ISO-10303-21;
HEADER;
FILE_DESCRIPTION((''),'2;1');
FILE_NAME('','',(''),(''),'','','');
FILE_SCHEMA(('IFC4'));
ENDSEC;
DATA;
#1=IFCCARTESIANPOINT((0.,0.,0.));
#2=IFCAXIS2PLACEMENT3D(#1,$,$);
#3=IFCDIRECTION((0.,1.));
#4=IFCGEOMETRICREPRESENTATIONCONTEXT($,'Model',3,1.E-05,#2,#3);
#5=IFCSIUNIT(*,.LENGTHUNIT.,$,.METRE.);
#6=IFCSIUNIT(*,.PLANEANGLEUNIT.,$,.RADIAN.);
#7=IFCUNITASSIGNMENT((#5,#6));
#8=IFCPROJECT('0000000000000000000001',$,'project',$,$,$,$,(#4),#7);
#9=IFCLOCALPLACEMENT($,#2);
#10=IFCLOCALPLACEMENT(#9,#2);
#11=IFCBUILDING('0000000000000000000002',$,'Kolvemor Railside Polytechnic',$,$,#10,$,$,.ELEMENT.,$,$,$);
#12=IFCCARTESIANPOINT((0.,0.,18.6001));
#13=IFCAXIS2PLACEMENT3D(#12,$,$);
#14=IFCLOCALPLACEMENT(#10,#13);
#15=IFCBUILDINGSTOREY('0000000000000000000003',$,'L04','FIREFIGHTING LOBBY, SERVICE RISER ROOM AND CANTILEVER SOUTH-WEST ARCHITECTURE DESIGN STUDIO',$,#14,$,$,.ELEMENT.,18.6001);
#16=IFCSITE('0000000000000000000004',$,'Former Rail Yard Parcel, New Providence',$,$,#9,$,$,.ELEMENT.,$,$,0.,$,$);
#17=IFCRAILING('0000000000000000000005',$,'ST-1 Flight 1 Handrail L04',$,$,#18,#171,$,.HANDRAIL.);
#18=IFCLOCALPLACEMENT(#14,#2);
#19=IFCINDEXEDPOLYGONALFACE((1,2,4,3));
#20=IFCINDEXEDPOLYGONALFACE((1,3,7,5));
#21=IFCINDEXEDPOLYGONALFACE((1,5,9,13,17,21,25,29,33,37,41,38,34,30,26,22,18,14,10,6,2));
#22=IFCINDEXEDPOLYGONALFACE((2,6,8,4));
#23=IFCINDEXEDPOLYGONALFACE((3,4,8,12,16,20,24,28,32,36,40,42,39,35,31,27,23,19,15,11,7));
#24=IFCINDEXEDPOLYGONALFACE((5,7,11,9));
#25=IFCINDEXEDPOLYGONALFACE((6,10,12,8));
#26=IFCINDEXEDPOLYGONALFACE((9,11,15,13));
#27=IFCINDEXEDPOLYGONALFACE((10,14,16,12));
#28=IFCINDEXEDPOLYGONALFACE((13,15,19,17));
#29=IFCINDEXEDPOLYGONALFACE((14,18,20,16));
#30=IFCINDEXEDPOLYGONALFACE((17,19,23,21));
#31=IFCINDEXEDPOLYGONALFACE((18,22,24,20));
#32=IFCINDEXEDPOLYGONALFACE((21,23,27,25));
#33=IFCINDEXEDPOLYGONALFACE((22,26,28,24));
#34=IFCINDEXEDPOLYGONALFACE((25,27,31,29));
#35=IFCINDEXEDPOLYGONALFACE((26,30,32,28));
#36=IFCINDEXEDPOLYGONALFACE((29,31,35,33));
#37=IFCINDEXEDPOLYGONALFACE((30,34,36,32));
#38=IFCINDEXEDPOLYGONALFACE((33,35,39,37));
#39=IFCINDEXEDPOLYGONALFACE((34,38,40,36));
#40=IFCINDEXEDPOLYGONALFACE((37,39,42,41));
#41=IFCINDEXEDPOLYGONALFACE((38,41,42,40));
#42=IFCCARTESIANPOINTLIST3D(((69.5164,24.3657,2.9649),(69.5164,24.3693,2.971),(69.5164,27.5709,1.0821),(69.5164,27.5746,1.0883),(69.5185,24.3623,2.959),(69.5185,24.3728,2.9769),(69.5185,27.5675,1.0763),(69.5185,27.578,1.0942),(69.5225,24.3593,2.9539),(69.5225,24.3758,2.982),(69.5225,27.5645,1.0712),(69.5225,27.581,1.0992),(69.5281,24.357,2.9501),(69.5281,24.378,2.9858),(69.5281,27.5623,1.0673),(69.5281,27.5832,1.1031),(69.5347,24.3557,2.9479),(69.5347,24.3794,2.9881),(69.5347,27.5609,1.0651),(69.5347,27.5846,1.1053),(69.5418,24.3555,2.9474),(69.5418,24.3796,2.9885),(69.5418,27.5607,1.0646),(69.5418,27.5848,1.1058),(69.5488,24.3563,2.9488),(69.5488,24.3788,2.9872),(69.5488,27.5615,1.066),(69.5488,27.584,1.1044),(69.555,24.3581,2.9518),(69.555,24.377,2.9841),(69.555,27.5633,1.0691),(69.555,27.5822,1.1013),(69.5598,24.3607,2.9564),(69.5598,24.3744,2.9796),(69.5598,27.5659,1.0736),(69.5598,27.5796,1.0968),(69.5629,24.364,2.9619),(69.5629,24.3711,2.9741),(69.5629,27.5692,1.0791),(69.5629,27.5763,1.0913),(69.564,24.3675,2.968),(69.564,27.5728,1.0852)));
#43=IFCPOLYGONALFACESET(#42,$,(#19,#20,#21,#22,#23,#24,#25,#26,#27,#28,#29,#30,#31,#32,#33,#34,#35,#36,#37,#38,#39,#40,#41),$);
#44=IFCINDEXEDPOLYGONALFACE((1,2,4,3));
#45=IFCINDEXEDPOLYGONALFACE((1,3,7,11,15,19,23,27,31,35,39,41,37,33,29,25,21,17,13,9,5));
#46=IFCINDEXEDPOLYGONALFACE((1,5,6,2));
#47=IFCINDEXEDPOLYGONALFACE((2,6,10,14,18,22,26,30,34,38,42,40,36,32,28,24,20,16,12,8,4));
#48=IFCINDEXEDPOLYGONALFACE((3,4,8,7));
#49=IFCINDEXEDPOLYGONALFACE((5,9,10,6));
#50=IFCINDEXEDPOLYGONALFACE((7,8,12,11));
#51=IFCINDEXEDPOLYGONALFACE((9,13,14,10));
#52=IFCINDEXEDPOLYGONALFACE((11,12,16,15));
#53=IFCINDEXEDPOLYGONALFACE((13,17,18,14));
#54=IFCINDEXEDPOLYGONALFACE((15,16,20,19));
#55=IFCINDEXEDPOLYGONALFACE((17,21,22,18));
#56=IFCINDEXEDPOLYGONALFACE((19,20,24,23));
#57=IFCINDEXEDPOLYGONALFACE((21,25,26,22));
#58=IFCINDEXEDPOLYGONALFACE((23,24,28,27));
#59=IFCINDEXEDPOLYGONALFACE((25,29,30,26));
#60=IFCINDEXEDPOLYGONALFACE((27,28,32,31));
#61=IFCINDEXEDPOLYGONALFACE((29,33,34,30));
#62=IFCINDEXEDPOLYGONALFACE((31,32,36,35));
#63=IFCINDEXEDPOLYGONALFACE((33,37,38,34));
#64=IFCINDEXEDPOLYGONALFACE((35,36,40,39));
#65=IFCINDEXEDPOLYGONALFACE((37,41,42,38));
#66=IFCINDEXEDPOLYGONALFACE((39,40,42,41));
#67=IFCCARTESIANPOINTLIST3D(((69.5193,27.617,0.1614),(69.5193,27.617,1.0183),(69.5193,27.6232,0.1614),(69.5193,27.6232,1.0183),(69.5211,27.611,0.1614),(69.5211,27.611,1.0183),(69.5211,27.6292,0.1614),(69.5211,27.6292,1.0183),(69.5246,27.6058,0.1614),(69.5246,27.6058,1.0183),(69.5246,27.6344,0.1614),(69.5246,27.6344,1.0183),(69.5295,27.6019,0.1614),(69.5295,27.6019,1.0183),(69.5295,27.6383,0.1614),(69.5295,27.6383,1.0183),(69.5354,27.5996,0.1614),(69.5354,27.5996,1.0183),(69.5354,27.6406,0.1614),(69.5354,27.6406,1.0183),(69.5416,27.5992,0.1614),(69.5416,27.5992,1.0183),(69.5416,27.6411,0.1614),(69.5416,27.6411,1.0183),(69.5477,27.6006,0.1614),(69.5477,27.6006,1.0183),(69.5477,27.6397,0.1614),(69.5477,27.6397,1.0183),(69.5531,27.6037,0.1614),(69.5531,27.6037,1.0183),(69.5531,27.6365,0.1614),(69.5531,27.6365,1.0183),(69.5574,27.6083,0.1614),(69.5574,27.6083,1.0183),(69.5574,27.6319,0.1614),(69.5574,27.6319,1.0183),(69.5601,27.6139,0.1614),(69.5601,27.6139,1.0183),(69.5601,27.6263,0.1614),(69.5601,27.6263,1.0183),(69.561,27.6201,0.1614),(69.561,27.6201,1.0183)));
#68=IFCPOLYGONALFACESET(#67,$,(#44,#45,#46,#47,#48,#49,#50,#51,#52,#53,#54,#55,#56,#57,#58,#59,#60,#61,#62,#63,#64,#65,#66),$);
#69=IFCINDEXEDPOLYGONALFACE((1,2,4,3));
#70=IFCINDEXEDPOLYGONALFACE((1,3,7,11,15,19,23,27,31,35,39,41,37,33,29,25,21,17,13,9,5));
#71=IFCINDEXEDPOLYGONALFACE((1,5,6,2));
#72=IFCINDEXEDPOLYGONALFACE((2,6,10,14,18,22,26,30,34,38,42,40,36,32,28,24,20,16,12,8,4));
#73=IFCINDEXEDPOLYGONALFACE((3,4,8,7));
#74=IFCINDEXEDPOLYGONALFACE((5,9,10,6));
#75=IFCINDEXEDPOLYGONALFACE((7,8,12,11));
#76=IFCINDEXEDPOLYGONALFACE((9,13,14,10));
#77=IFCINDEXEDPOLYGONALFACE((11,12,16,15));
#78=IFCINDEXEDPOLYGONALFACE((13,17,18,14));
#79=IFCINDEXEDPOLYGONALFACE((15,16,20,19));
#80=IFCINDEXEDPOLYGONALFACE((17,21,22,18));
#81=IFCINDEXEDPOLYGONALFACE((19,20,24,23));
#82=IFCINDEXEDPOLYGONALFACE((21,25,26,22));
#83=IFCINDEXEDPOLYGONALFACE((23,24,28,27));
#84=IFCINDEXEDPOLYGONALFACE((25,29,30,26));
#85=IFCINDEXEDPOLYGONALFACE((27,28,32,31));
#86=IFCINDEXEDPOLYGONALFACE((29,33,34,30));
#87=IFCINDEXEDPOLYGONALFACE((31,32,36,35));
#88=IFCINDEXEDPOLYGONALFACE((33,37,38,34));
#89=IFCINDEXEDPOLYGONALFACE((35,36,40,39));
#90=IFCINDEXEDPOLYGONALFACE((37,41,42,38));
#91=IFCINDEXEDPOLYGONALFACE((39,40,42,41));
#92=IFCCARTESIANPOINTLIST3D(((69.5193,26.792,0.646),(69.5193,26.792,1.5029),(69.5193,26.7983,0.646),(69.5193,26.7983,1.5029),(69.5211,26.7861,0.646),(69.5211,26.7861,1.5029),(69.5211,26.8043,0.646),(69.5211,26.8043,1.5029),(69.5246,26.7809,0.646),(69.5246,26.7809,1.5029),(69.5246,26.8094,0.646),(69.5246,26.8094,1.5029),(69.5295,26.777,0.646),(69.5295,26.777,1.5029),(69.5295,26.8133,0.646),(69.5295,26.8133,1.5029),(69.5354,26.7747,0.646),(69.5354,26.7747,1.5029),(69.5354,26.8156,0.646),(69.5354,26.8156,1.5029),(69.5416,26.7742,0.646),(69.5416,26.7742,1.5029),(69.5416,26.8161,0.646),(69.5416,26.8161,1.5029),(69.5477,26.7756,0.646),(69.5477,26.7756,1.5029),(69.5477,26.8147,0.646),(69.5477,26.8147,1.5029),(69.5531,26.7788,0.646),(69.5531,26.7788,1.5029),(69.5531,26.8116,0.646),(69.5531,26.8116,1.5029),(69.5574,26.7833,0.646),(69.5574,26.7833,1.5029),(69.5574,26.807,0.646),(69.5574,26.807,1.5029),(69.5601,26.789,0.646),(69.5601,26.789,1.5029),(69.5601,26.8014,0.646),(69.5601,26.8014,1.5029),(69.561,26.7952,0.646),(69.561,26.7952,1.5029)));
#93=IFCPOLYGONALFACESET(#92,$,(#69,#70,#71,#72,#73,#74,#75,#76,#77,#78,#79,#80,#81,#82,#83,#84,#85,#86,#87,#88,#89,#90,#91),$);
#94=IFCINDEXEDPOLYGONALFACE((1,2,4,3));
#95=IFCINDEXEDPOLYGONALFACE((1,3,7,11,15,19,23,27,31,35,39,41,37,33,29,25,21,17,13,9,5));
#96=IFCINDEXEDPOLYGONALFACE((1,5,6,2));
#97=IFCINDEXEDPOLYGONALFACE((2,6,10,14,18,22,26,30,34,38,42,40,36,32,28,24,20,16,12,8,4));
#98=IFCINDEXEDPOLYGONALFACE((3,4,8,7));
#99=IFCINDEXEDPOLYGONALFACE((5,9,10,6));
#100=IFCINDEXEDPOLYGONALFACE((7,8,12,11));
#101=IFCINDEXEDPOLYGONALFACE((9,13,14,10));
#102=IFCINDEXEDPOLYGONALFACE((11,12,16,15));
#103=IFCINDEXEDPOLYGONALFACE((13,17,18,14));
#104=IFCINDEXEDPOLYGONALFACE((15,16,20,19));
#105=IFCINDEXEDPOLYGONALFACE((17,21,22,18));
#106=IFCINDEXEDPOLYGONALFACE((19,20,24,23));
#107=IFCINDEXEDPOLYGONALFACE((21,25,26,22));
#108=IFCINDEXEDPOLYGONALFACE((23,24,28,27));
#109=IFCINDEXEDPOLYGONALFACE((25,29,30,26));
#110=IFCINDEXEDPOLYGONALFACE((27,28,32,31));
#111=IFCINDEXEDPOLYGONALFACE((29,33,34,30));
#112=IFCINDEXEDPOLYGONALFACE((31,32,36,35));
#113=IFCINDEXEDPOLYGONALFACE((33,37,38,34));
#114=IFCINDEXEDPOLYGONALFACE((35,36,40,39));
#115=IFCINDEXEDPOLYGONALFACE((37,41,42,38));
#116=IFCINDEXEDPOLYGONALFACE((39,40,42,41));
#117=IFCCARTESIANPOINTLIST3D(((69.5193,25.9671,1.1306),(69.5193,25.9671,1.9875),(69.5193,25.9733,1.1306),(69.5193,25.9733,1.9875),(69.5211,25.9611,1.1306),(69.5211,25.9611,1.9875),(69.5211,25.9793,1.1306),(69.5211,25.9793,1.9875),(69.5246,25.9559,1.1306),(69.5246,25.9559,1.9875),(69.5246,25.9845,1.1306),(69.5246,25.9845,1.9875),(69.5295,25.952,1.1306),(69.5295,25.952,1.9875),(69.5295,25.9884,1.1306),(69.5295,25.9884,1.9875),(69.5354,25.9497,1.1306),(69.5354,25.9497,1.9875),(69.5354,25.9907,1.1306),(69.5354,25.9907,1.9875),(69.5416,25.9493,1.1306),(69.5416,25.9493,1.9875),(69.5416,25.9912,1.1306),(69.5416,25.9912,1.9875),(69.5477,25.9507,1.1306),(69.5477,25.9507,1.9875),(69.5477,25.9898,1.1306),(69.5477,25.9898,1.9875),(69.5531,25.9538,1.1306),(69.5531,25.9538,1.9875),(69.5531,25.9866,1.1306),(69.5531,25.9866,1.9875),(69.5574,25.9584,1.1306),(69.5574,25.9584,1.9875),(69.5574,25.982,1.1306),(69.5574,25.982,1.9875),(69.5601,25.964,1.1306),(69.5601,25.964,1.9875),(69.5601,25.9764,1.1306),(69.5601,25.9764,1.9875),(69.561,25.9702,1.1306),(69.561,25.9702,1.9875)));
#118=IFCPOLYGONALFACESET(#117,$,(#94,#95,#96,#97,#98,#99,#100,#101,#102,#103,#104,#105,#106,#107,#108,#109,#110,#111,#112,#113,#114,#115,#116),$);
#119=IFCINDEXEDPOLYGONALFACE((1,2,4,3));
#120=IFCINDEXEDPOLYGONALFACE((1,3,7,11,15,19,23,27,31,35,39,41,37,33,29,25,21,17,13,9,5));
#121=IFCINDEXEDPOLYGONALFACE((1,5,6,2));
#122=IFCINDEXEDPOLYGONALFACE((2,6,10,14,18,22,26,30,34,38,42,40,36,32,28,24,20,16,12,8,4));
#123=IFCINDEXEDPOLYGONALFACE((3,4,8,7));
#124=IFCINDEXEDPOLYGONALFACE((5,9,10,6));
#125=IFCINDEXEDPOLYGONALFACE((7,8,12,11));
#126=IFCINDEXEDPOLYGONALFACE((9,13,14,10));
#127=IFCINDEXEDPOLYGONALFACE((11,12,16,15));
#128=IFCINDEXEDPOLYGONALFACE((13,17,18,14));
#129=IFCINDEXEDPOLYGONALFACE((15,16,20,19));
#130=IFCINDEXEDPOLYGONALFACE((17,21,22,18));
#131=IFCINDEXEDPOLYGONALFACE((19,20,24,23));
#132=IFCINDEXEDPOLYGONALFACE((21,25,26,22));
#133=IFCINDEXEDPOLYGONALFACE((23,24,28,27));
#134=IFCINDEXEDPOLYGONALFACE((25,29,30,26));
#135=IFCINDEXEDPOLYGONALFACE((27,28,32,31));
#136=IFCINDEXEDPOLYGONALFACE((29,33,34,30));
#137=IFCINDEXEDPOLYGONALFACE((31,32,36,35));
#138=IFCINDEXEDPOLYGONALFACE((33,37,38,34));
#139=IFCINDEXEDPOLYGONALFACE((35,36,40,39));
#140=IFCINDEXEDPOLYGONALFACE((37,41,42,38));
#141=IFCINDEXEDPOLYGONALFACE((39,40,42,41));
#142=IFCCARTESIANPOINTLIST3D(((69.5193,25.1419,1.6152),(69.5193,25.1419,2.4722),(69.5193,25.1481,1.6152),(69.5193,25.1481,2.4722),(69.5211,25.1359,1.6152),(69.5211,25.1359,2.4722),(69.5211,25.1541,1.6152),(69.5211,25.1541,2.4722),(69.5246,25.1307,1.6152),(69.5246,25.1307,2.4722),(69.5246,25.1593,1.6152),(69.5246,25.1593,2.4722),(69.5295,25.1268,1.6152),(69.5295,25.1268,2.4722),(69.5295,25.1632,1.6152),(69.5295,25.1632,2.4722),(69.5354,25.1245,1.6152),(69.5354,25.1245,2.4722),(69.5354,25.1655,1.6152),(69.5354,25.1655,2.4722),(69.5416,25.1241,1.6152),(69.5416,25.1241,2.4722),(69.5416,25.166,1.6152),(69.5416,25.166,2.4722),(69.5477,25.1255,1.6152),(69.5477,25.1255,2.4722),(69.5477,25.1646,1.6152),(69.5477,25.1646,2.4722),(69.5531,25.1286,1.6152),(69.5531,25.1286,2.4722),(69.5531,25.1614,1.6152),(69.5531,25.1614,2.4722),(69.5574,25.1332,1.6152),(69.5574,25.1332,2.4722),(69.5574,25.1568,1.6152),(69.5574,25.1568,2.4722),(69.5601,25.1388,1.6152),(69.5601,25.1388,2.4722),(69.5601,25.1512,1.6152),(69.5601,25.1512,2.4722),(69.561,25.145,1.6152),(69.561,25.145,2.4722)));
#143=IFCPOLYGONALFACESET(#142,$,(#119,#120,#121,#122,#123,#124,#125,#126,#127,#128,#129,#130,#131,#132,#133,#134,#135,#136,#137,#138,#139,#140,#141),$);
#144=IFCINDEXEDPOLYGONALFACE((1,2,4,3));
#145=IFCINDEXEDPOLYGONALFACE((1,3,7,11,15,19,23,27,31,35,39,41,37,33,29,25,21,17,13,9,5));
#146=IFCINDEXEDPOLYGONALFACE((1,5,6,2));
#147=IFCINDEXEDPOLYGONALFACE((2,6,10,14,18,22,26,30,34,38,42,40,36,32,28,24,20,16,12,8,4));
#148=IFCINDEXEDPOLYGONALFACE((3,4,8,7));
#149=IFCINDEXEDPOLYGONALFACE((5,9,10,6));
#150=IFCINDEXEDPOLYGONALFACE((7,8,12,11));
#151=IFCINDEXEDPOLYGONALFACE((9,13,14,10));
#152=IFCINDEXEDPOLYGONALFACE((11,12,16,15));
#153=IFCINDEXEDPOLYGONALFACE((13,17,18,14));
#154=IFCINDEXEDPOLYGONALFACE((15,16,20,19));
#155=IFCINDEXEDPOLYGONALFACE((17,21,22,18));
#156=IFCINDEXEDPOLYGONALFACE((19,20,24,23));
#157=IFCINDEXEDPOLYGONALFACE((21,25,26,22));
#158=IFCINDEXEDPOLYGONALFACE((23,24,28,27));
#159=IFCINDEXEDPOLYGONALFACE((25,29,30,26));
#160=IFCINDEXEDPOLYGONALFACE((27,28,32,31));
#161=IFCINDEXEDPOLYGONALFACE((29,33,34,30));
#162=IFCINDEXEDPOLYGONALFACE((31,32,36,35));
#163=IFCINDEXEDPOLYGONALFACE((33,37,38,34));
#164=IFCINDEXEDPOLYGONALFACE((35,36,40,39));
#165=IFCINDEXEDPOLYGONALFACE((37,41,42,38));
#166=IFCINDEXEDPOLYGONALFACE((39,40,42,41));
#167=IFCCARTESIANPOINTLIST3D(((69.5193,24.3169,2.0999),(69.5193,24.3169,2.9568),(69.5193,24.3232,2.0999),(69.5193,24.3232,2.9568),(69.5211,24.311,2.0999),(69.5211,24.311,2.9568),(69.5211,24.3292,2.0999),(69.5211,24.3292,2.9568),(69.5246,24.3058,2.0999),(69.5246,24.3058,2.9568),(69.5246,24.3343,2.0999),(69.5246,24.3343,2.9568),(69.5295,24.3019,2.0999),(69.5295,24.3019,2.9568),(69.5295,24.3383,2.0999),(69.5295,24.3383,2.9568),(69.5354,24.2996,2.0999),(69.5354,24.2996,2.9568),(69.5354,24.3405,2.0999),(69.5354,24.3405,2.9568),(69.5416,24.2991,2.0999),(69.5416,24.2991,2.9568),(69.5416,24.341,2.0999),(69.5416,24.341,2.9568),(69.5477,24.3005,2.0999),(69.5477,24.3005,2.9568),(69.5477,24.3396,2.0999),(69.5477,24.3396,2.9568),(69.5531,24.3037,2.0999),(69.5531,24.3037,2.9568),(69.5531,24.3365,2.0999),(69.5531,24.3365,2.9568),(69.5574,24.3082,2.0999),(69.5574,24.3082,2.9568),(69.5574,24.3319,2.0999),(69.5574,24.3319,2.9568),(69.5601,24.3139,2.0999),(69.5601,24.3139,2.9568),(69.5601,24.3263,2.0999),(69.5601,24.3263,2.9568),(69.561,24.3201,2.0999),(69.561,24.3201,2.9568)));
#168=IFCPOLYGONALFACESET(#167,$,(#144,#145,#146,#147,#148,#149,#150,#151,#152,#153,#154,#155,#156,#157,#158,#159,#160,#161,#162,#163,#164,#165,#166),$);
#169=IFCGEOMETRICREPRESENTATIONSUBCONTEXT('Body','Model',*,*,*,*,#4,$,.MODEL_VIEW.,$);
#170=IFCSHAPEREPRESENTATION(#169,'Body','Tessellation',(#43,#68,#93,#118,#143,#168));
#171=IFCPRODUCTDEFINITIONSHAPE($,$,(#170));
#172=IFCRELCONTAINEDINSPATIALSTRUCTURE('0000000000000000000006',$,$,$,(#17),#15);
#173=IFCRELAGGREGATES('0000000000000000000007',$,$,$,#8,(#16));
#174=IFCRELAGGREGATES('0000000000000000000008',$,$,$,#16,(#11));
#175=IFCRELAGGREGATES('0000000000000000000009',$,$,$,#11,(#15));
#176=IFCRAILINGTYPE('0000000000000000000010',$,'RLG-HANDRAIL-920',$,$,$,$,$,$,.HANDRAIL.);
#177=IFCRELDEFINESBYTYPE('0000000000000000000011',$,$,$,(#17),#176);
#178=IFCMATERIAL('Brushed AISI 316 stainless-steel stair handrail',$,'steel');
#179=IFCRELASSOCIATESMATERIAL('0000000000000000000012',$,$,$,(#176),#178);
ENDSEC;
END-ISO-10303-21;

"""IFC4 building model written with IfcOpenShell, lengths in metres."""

from ifc_helpers import new_model, si_unit, direction, frame, origin, origin_2d, place, context, subcontext, project, spatial, circle, extrude, material, type_object, element, save


model = new_model("IFC4")

# Units and contexts
model_context = context("Model", 3, precision=1e-05, world=origin(), true_north=direction((0.0, 1.0)))
body_context = subcontext(model_context, "Body", "Model", "MODEL_VIEW")
ifc_project = project(units=[si_unit("LENGTHUNIT", "METRE"), si_unit("PLANEANGLEUNIT", "RADIAN")], contexts=[model_context])

# Site, building, storey
site_placement = place(None, origin())
site = spatial("IfcSite", under=ifc_project, at=site_placement, Name="Former Rail Yard Parcel, New Providence", CompositionType="ELEMENT", RefElevation=0.0)
building_placement = place(site_placement, origin())
building = spatial("IfcBuilding", under=site, at=building_placement, Name="Kolvemor Railside Polytechnic", CompositionType="ELEMENT")
storey_placement = place(building_placement, frame((0.0, 0.0, 18.6001)))
storey = spatial("IfcBuildingStorey", under=building, at=storey_placement, Name="L04", Description="FIREFIGHTING LOBBY, SERVICE RISER ROOM AND CANTILEVER SOUTH-WEST ARCHITECTURE DESIGN STUDIO", CompositionType="ELEMENT", Elevation=18.6001)

# Railing
ifc_material_1 = material(Name="Brushed AISI 316 stainless-steel stair handrail", Category="steel")
railing_type_1 = type_object("IfcRailingType", Name="RLG-HANDRAIL-920", PredefinedType="HANDRAIL", material=ifc_material_1)
railing_1_placement = place(storey_placement, frame((69.54, 27.6201, 0.1614)))
element("IfcRailing", 1, at=railing_1_placement, inside=storey, type_object=railing_type_1, Name="ST-1 Flight 1 Handrail L04", PredefinedType="HANDRAIL", context=body_context, shape_type="SweptSolid", body=[
    extrude(circle(Radius=0.0239, at=origin_2d()), frame((0.0, -0.0474, 0.9238), z_axis=(0.0, -0.862246, 0.50649), x_axis=(1.0, 0.0, 0.0)), (0.0, 0.0, 1.0), 3.7173),
    extrude(circle(Radius=0.021, at=origin_2d()), origin(), (0.0, 0.0, 1.0), 0.8569),
    extrude(circle(Radius=0.021, at=origin_2d()), frame((0.0, -0.825, 0.4846)), (0.0, 0.0, 1.0), 0.8569),
    extrude(circle(Radius=0.021, at=origin_2d()), frame((0.0, -1.6499, 0.9692)), (0.0, 0.0, 1.0), 0.8569),
    extrude(circle(Radius=0.021, at=origin_2d()), frame((0.0, -2.4751, 1.4539)), (0.0, 0.0, 1.0), 0.8569),
    extrude(circle(Radius=0.021, at=origin_2d()), frame((0.0, -3.3, 1.9385)), (0.0, 0.0, 1.0), 0.8569),
])

save(model, "model.ifc")
